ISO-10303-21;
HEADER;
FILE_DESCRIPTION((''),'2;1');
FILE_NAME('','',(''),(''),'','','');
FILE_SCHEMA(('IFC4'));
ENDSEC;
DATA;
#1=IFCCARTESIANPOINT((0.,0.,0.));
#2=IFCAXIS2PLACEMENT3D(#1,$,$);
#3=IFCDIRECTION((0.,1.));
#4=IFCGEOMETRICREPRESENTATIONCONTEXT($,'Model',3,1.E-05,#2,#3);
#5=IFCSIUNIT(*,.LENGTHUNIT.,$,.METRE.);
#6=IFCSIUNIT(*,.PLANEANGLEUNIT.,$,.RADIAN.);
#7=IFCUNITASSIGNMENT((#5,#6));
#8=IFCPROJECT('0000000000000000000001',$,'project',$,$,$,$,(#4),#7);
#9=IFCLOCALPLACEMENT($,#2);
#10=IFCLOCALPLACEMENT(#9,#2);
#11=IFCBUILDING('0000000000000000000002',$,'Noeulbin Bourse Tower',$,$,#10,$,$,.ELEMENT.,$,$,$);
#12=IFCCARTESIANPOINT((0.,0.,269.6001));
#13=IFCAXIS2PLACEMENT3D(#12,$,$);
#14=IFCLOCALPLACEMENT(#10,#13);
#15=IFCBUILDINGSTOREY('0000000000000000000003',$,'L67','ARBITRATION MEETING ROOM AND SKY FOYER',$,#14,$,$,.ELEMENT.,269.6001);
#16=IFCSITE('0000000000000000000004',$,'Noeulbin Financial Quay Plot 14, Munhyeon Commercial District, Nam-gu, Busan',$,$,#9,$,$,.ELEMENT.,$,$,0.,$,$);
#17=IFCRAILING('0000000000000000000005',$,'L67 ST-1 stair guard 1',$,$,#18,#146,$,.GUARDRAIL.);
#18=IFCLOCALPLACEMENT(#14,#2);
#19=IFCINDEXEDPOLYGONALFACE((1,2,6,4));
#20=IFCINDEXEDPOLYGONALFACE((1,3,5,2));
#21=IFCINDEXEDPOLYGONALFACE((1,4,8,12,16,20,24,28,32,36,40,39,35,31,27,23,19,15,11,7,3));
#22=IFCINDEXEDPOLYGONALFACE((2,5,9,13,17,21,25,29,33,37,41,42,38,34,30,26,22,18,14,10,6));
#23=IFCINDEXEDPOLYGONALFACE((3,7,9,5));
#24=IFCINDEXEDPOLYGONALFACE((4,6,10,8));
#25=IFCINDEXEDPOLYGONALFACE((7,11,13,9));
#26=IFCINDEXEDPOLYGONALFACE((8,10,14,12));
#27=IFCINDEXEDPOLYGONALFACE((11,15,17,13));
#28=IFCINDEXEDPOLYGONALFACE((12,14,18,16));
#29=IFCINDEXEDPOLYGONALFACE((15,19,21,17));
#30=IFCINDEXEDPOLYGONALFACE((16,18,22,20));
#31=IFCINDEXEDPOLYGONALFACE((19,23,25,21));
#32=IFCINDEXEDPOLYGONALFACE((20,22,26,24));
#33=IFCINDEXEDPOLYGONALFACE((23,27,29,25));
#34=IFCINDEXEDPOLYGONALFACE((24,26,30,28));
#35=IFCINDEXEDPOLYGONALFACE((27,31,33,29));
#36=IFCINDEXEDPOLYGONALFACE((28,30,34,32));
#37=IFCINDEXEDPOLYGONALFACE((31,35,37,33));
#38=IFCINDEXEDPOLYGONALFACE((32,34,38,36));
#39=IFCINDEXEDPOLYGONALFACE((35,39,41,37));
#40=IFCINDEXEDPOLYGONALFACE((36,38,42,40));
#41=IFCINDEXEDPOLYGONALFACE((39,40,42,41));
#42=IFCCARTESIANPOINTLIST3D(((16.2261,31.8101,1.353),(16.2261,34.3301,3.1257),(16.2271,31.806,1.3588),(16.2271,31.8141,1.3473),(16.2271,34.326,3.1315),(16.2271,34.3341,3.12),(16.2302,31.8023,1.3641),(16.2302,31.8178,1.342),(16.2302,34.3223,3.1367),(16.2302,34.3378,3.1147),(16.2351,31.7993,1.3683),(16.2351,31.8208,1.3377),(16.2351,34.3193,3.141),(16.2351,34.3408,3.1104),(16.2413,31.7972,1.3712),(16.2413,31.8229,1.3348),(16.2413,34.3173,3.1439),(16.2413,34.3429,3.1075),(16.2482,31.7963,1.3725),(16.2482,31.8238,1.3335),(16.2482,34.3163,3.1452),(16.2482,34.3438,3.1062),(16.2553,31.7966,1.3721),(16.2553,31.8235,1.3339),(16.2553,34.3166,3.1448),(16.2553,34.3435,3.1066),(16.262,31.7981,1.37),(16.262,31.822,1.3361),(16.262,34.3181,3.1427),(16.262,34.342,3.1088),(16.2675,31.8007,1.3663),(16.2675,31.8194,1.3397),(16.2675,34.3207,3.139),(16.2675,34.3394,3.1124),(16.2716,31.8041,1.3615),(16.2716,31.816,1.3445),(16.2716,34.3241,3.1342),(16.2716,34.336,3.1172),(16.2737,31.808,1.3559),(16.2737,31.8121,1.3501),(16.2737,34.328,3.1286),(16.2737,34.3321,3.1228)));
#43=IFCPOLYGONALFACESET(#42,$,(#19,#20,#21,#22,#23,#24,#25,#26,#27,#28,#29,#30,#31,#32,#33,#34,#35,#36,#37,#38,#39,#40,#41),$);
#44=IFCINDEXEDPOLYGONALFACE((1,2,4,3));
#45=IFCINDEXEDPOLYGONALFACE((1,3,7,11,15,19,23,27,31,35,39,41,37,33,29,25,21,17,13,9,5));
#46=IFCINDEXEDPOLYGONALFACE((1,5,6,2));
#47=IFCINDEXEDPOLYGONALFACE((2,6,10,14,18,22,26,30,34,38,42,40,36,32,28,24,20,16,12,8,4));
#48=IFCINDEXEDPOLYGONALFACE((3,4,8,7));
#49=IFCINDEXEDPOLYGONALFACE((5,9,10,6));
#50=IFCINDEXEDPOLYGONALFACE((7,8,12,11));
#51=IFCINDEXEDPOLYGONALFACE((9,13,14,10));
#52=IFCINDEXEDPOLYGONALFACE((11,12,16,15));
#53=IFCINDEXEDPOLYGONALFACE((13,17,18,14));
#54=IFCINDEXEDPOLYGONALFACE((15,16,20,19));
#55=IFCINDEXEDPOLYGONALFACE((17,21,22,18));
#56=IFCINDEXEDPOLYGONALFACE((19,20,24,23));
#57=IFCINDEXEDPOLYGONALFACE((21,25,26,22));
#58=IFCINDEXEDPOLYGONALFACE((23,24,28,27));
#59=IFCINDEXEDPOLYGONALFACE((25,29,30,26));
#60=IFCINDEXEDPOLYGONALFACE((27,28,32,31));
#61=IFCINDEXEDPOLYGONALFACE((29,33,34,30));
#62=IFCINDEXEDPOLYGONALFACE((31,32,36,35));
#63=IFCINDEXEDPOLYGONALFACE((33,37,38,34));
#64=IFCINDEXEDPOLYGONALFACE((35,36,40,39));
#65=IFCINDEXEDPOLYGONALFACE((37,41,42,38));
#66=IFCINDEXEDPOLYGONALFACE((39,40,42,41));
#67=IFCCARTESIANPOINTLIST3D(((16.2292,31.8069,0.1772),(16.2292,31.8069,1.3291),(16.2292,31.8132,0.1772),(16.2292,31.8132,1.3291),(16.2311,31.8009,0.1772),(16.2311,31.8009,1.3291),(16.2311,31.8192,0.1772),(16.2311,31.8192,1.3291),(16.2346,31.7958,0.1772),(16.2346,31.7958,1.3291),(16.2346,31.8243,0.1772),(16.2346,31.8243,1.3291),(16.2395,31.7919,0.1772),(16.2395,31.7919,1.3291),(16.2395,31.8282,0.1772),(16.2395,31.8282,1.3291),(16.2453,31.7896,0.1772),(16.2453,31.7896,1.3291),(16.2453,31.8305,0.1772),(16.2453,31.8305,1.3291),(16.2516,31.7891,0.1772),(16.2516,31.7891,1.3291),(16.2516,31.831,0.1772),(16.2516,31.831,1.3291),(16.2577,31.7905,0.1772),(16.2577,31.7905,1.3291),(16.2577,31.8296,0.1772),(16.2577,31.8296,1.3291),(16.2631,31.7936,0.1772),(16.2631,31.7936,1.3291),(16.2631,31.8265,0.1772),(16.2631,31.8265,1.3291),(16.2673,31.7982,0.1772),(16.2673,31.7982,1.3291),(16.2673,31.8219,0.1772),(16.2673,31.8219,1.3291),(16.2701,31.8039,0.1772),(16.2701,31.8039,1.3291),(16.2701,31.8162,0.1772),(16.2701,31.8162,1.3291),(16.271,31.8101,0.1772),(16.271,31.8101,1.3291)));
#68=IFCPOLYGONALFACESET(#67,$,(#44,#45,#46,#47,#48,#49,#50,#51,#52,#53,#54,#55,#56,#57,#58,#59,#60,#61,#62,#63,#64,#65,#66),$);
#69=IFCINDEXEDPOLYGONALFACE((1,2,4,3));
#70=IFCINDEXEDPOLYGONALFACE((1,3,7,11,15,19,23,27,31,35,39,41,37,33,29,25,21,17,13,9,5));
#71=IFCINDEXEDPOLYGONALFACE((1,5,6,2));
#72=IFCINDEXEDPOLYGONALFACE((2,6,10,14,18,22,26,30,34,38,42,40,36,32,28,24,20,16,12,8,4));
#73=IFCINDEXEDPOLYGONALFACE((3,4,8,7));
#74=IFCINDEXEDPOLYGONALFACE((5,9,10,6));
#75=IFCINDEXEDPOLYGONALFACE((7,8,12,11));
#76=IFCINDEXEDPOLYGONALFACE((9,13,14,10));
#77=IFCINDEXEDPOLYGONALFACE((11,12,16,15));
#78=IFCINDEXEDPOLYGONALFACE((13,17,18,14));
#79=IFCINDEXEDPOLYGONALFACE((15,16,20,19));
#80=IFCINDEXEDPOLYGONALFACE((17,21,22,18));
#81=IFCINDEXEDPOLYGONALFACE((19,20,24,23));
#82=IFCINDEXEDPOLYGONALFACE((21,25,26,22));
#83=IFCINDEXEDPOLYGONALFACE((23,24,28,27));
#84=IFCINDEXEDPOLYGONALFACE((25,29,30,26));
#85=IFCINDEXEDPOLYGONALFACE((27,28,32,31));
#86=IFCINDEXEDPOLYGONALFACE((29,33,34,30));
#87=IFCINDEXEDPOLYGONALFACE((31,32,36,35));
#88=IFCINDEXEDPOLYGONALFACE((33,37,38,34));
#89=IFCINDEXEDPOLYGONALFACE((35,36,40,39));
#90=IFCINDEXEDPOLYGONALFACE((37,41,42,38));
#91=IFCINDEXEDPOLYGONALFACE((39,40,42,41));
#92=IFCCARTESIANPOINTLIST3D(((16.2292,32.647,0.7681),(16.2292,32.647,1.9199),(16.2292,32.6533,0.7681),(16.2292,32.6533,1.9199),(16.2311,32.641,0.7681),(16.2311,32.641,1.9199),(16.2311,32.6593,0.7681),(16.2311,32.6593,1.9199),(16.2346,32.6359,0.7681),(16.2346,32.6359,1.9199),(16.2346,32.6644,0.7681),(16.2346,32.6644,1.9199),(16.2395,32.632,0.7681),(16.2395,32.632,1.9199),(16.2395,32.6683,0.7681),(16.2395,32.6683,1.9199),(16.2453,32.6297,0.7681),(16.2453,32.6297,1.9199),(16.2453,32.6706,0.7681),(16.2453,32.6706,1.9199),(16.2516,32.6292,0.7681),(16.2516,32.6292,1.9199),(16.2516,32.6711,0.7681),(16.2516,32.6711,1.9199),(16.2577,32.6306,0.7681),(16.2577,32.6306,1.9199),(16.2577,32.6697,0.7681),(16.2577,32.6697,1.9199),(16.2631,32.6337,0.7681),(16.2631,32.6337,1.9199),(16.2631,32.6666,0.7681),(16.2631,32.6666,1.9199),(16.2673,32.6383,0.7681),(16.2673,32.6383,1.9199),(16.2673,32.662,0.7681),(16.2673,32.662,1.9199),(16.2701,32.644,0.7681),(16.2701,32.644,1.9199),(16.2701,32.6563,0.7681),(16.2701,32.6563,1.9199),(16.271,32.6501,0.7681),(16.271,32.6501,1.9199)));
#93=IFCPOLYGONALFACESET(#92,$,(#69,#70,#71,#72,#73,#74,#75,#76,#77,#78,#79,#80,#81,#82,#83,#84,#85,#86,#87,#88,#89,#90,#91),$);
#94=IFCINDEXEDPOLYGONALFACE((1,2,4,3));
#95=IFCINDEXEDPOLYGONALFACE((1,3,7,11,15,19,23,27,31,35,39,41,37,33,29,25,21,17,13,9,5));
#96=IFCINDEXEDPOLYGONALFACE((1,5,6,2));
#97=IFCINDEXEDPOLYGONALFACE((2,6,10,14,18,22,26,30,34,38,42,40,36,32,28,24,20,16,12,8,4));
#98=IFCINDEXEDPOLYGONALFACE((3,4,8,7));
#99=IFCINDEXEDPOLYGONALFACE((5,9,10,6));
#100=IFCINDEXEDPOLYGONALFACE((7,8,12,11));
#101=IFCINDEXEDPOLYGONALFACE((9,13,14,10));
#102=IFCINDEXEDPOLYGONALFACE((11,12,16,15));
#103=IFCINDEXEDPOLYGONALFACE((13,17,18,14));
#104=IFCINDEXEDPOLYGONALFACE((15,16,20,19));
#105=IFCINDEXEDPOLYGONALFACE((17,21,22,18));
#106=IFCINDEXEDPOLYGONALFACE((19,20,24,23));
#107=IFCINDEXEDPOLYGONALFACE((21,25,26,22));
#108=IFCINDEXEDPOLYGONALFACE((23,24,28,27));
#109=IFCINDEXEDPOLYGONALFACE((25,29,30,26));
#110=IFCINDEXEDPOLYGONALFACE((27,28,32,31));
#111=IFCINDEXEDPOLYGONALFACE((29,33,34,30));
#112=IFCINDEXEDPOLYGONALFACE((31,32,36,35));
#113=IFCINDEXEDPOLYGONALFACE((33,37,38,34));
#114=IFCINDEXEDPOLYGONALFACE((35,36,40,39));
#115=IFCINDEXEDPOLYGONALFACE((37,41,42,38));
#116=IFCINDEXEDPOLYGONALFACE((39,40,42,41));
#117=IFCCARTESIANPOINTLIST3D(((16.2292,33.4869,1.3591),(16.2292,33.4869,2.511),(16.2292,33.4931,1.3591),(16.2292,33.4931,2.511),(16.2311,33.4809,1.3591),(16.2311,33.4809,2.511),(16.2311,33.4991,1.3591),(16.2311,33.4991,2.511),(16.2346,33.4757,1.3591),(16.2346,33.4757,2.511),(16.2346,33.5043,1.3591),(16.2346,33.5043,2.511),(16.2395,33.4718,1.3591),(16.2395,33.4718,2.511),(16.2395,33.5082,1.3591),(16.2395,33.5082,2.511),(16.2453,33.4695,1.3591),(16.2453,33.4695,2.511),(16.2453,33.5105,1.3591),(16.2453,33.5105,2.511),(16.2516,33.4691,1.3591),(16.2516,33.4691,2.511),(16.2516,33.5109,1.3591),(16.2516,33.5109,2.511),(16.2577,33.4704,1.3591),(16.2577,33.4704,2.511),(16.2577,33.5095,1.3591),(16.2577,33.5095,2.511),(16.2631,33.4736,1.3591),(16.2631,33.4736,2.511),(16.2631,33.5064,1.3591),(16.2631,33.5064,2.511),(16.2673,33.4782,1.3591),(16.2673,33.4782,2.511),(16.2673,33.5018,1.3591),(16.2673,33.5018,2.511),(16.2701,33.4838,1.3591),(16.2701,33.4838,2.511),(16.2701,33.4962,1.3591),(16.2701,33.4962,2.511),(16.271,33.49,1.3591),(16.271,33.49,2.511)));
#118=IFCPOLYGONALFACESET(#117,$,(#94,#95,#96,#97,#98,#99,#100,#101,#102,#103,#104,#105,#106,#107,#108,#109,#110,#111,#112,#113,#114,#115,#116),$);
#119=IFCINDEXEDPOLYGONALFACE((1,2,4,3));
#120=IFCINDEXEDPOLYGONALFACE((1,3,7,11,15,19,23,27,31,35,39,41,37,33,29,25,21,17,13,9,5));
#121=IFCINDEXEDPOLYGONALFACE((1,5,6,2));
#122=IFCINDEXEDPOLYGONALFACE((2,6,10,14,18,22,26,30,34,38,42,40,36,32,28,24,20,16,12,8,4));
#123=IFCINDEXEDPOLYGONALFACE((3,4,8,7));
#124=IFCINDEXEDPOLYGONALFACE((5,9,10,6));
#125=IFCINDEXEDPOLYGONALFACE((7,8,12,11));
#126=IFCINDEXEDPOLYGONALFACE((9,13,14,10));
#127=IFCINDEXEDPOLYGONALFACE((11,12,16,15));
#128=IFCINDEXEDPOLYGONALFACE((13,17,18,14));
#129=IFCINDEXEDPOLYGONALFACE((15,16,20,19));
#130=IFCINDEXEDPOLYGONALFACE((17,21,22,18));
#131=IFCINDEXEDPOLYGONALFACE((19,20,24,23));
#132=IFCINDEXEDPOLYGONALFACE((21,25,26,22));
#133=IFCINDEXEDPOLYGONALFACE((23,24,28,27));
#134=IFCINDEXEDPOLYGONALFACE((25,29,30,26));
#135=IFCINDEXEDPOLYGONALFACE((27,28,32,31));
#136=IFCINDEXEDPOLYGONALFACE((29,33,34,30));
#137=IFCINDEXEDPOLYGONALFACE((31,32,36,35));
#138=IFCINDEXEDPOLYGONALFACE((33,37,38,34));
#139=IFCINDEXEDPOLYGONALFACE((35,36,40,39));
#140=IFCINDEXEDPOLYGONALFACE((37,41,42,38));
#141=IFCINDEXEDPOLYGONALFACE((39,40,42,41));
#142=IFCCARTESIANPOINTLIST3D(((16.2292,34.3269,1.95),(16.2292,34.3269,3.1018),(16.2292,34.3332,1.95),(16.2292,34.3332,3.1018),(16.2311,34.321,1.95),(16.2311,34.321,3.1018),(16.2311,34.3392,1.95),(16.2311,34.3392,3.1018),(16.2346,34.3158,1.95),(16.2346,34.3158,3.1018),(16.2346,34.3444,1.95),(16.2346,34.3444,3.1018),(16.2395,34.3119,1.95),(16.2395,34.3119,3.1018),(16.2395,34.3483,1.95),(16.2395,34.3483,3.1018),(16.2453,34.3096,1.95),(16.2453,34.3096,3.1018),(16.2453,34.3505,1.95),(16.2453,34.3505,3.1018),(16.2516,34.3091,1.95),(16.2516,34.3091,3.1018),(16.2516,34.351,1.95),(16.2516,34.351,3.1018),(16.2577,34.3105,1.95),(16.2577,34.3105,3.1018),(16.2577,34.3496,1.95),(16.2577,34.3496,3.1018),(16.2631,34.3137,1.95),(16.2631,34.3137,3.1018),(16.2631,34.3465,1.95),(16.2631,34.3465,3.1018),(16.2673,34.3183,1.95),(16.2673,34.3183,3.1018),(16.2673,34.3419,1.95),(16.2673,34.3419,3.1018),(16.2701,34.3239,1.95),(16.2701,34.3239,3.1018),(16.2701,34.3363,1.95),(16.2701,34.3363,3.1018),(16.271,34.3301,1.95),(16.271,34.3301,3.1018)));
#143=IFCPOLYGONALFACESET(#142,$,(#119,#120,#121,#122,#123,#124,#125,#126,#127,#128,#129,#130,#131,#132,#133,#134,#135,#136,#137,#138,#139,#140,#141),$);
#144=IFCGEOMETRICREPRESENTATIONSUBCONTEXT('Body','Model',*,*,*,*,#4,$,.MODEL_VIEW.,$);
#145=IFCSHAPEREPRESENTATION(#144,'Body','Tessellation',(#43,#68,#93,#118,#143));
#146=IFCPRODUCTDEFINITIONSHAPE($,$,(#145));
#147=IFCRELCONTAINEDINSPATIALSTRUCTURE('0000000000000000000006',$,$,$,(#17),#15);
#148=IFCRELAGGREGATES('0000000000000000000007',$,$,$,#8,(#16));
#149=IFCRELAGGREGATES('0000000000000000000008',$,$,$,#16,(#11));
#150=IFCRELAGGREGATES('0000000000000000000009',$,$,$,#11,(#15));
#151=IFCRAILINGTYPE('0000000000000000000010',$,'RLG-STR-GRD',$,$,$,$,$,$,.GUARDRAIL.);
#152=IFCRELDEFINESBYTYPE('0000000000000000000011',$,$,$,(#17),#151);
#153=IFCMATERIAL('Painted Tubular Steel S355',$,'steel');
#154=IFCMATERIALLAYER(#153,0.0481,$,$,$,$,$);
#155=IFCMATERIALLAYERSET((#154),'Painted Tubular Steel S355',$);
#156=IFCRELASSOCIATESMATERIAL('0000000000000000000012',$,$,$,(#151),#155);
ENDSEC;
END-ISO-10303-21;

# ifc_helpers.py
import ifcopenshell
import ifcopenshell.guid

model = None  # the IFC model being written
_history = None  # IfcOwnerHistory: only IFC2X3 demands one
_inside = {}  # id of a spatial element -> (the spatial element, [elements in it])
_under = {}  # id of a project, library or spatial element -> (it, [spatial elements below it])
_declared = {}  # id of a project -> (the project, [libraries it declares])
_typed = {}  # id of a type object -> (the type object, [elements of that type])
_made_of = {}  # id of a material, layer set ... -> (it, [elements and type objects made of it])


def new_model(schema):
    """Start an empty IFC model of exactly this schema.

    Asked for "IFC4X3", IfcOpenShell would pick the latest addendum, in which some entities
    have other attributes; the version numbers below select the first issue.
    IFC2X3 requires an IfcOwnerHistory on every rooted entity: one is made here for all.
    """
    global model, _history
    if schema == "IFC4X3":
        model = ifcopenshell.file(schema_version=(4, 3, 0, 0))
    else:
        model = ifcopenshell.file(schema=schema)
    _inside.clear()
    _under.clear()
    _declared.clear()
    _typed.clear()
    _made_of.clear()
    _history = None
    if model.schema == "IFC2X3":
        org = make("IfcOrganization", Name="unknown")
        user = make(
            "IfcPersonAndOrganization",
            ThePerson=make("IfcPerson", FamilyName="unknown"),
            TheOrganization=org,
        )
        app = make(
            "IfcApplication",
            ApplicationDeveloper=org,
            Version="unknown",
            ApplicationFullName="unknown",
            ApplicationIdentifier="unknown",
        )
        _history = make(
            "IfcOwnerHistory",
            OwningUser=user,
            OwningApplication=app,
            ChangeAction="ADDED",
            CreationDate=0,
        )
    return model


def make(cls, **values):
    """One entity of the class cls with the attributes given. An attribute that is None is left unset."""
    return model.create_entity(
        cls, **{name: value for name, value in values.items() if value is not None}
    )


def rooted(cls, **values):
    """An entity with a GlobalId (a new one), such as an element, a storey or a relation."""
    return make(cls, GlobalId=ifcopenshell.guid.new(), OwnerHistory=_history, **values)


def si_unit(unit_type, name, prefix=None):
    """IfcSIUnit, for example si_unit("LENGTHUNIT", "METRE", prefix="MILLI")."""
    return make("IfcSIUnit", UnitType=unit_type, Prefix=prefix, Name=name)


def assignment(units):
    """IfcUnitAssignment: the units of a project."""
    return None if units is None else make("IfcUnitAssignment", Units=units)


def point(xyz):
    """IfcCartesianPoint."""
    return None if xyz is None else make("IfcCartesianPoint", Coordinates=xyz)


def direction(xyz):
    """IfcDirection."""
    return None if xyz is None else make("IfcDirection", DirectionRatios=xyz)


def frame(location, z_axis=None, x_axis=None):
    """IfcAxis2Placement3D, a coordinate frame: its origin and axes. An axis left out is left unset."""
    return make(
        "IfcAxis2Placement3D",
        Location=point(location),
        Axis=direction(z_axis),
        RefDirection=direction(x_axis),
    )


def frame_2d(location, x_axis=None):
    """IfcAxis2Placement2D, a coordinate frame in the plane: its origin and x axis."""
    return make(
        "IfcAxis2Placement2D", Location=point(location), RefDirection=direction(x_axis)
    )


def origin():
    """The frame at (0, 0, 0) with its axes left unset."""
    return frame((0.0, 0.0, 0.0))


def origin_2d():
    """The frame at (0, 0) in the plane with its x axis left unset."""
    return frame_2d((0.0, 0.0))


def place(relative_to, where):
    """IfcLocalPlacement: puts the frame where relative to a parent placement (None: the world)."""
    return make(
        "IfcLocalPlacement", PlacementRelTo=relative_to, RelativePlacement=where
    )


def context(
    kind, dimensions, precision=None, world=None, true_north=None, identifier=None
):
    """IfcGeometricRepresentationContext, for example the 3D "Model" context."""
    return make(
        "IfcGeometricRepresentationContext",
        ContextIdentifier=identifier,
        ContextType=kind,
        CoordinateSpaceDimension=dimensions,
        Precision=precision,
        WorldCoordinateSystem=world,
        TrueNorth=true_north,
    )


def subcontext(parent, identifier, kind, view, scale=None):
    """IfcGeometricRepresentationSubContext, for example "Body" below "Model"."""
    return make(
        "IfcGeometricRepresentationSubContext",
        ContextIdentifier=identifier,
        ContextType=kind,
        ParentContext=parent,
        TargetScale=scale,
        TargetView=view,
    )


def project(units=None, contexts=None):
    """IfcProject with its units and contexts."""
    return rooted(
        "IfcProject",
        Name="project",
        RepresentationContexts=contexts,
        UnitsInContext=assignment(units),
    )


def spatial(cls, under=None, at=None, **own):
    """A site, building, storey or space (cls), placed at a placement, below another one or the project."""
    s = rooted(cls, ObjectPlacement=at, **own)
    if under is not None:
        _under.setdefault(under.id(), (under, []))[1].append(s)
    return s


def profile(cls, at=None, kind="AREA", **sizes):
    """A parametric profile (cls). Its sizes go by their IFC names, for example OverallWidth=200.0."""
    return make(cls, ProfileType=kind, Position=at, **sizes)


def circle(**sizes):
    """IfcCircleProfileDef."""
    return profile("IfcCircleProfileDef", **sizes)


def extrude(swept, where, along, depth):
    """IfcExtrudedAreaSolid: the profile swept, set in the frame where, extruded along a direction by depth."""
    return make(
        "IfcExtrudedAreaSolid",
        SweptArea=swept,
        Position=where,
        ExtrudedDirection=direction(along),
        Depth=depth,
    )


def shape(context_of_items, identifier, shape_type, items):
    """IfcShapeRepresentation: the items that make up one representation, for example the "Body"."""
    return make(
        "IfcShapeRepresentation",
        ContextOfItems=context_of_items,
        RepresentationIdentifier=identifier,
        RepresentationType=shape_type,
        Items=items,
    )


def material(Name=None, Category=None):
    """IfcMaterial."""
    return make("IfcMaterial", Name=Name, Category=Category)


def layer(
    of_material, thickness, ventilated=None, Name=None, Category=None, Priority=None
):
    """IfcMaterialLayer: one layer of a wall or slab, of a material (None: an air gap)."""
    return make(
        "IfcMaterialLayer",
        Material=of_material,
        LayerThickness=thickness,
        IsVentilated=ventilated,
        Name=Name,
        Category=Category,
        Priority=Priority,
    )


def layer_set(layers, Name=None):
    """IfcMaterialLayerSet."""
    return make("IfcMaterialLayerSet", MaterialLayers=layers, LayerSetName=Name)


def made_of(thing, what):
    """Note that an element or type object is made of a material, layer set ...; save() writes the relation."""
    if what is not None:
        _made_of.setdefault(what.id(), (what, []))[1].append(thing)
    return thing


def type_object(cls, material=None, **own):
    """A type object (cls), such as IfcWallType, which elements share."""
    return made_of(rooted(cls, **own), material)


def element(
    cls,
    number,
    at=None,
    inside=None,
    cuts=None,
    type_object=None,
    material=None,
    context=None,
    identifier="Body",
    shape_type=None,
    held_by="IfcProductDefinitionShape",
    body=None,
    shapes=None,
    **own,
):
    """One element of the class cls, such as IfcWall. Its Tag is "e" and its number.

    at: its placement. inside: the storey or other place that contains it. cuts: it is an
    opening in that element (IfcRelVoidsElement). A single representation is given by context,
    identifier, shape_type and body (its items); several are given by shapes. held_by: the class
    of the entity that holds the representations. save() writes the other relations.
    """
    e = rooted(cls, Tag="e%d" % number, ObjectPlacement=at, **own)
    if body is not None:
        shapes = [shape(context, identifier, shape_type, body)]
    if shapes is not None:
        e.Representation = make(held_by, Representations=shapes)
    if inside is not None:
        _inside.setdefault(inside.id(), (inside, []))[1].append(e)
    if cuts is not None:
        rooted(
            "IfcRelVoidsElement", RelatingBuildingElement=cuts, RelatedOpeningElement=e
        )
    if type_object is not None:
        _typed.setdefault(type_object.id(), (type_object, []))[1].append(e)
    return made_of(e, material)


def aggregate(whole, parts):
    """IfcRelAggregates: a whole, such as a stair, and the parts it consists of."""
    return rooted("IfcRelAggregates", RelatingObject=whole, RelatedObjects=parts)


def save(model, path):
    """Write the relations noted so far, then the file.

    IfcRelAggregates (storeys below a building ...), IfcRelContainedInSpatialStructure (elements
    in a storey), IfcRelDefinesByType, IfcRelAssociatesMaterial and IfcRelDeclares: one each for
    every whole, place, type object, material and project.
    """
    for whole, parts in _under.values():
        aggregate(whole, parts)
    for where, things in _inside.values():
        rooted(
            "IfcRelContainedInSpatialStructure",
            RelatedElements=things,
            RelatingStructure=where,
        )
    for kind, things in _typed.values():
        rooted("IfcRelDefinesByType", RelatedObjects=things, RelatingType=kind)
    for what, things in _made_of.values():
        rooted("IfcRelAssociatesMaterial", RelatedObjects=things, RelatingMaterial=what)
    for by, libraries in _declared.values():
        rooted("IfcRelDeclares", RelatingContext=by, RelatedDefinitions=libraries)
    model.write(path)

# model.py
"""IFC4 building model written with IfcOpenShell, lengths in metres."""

from ifc_helpers import new_model, si_unit, direction, frame, origin, origin_2d, place, context, subcontext, project, spatial, circle, extrude, material, layer, layer_set, type_object, element, save


model = new_model("IFC4")

# Units and contexts
model_context = context("Model", 3, precision=1e-05, world=origin(), true_north=direction((0.0, 1.0)))
body_context = subcontext(model_context, "Body", "Model", "MODEL_VIEW")
ifc_project = project(units=[si_unit("LENGTHUNIT", "METRE"), si_unit("PLANEANGLEUNIT", "RADIAN")], contexts=[model_context])

# Site, building, storey
site_placement = place(None, origin())
site = spatial("IfcSite", under=ifc_project, at=site_placement, Name="Noeulbin Financial Quay Plot 14, Munhyeon Commercial District, Nam-gu, Busan", CompositionType="ELEMENT", RefElevation=0.0)
building_placement = place(site_placement, origin())
building = spatial("IfcBuilding", under=site, at=building_placement, Name="Noeulbin Bourse Tower", CompositionType="ELEMENT")
storey_placement = place(building_placement, frame((0.0, 0.0, 269.6001)))
storey = spatial("IfcBuildingStorey", under=building, at=storey_placement, Name="L67", Description="ARBITRATION MEETING ROOM AND SKY FOYER", CompositionType="ELEMENT", Elevation=269.6001)

# Railing
ifc_material_1 = material(Name="Painted Tubular Steel S355", Category="steel")
ifc_layer_1 = layer(ifc_material_1, 0.0481)
ifc_layer_set_1 = layer_set([ifc_layer_1], Name="Painted Tubular Steel S355")
railing_type_1 = type_object("IfcRailingType", Name="RLG-STR-GRD", PredefinedType="GUARDRAIL", material=ifc_layer_set_1)
railing_1_placement = place(storey_placement, frame((16.25, 31.8101, 0.1772)))
element("IfcRailing", 1, at=railing_1_placement, inside=storey, type_object=railing_type_1, Name="L67 ST-1 stair guard 1", PredefinedType="GUARDRAIL", context=body_context, shape_type="SweptSolid", body=[
    extrude(circle(Radius=0.0239, at=origin_2d()), frame((0.0, 0.0, 1.1758), z_axis=(0.0, 0.817904, 0.575354), x_axis=(-1.0, 0.0, 0.0)), (0.0, 0.0, 1.0), 3.0811),
    extrude(circle(Radius=0.021, at=origin_2d()), origin(), (0.0, 0.0, 1.0), 1.1519),
    extrude(circle(Radius=0.021, at=origin_2d()), frame((0.0, 0.8401, 0.5908)), (0.0, 0.0, 1.0), 1.1519),
    extrude(circle(Radius=0.021, at=origin_2d()), frame((0.0, 1.6799, 1.1819)), (0.0, 0.0, 1.0), 1.1519),
    extrude(circle(Radius=0.021, at=origin_2d()), frame((0.0, 2.52, 1.7727)), (0.0, 0.0, 1.0), 1.1519),
])

save(model, "model.ifc")
